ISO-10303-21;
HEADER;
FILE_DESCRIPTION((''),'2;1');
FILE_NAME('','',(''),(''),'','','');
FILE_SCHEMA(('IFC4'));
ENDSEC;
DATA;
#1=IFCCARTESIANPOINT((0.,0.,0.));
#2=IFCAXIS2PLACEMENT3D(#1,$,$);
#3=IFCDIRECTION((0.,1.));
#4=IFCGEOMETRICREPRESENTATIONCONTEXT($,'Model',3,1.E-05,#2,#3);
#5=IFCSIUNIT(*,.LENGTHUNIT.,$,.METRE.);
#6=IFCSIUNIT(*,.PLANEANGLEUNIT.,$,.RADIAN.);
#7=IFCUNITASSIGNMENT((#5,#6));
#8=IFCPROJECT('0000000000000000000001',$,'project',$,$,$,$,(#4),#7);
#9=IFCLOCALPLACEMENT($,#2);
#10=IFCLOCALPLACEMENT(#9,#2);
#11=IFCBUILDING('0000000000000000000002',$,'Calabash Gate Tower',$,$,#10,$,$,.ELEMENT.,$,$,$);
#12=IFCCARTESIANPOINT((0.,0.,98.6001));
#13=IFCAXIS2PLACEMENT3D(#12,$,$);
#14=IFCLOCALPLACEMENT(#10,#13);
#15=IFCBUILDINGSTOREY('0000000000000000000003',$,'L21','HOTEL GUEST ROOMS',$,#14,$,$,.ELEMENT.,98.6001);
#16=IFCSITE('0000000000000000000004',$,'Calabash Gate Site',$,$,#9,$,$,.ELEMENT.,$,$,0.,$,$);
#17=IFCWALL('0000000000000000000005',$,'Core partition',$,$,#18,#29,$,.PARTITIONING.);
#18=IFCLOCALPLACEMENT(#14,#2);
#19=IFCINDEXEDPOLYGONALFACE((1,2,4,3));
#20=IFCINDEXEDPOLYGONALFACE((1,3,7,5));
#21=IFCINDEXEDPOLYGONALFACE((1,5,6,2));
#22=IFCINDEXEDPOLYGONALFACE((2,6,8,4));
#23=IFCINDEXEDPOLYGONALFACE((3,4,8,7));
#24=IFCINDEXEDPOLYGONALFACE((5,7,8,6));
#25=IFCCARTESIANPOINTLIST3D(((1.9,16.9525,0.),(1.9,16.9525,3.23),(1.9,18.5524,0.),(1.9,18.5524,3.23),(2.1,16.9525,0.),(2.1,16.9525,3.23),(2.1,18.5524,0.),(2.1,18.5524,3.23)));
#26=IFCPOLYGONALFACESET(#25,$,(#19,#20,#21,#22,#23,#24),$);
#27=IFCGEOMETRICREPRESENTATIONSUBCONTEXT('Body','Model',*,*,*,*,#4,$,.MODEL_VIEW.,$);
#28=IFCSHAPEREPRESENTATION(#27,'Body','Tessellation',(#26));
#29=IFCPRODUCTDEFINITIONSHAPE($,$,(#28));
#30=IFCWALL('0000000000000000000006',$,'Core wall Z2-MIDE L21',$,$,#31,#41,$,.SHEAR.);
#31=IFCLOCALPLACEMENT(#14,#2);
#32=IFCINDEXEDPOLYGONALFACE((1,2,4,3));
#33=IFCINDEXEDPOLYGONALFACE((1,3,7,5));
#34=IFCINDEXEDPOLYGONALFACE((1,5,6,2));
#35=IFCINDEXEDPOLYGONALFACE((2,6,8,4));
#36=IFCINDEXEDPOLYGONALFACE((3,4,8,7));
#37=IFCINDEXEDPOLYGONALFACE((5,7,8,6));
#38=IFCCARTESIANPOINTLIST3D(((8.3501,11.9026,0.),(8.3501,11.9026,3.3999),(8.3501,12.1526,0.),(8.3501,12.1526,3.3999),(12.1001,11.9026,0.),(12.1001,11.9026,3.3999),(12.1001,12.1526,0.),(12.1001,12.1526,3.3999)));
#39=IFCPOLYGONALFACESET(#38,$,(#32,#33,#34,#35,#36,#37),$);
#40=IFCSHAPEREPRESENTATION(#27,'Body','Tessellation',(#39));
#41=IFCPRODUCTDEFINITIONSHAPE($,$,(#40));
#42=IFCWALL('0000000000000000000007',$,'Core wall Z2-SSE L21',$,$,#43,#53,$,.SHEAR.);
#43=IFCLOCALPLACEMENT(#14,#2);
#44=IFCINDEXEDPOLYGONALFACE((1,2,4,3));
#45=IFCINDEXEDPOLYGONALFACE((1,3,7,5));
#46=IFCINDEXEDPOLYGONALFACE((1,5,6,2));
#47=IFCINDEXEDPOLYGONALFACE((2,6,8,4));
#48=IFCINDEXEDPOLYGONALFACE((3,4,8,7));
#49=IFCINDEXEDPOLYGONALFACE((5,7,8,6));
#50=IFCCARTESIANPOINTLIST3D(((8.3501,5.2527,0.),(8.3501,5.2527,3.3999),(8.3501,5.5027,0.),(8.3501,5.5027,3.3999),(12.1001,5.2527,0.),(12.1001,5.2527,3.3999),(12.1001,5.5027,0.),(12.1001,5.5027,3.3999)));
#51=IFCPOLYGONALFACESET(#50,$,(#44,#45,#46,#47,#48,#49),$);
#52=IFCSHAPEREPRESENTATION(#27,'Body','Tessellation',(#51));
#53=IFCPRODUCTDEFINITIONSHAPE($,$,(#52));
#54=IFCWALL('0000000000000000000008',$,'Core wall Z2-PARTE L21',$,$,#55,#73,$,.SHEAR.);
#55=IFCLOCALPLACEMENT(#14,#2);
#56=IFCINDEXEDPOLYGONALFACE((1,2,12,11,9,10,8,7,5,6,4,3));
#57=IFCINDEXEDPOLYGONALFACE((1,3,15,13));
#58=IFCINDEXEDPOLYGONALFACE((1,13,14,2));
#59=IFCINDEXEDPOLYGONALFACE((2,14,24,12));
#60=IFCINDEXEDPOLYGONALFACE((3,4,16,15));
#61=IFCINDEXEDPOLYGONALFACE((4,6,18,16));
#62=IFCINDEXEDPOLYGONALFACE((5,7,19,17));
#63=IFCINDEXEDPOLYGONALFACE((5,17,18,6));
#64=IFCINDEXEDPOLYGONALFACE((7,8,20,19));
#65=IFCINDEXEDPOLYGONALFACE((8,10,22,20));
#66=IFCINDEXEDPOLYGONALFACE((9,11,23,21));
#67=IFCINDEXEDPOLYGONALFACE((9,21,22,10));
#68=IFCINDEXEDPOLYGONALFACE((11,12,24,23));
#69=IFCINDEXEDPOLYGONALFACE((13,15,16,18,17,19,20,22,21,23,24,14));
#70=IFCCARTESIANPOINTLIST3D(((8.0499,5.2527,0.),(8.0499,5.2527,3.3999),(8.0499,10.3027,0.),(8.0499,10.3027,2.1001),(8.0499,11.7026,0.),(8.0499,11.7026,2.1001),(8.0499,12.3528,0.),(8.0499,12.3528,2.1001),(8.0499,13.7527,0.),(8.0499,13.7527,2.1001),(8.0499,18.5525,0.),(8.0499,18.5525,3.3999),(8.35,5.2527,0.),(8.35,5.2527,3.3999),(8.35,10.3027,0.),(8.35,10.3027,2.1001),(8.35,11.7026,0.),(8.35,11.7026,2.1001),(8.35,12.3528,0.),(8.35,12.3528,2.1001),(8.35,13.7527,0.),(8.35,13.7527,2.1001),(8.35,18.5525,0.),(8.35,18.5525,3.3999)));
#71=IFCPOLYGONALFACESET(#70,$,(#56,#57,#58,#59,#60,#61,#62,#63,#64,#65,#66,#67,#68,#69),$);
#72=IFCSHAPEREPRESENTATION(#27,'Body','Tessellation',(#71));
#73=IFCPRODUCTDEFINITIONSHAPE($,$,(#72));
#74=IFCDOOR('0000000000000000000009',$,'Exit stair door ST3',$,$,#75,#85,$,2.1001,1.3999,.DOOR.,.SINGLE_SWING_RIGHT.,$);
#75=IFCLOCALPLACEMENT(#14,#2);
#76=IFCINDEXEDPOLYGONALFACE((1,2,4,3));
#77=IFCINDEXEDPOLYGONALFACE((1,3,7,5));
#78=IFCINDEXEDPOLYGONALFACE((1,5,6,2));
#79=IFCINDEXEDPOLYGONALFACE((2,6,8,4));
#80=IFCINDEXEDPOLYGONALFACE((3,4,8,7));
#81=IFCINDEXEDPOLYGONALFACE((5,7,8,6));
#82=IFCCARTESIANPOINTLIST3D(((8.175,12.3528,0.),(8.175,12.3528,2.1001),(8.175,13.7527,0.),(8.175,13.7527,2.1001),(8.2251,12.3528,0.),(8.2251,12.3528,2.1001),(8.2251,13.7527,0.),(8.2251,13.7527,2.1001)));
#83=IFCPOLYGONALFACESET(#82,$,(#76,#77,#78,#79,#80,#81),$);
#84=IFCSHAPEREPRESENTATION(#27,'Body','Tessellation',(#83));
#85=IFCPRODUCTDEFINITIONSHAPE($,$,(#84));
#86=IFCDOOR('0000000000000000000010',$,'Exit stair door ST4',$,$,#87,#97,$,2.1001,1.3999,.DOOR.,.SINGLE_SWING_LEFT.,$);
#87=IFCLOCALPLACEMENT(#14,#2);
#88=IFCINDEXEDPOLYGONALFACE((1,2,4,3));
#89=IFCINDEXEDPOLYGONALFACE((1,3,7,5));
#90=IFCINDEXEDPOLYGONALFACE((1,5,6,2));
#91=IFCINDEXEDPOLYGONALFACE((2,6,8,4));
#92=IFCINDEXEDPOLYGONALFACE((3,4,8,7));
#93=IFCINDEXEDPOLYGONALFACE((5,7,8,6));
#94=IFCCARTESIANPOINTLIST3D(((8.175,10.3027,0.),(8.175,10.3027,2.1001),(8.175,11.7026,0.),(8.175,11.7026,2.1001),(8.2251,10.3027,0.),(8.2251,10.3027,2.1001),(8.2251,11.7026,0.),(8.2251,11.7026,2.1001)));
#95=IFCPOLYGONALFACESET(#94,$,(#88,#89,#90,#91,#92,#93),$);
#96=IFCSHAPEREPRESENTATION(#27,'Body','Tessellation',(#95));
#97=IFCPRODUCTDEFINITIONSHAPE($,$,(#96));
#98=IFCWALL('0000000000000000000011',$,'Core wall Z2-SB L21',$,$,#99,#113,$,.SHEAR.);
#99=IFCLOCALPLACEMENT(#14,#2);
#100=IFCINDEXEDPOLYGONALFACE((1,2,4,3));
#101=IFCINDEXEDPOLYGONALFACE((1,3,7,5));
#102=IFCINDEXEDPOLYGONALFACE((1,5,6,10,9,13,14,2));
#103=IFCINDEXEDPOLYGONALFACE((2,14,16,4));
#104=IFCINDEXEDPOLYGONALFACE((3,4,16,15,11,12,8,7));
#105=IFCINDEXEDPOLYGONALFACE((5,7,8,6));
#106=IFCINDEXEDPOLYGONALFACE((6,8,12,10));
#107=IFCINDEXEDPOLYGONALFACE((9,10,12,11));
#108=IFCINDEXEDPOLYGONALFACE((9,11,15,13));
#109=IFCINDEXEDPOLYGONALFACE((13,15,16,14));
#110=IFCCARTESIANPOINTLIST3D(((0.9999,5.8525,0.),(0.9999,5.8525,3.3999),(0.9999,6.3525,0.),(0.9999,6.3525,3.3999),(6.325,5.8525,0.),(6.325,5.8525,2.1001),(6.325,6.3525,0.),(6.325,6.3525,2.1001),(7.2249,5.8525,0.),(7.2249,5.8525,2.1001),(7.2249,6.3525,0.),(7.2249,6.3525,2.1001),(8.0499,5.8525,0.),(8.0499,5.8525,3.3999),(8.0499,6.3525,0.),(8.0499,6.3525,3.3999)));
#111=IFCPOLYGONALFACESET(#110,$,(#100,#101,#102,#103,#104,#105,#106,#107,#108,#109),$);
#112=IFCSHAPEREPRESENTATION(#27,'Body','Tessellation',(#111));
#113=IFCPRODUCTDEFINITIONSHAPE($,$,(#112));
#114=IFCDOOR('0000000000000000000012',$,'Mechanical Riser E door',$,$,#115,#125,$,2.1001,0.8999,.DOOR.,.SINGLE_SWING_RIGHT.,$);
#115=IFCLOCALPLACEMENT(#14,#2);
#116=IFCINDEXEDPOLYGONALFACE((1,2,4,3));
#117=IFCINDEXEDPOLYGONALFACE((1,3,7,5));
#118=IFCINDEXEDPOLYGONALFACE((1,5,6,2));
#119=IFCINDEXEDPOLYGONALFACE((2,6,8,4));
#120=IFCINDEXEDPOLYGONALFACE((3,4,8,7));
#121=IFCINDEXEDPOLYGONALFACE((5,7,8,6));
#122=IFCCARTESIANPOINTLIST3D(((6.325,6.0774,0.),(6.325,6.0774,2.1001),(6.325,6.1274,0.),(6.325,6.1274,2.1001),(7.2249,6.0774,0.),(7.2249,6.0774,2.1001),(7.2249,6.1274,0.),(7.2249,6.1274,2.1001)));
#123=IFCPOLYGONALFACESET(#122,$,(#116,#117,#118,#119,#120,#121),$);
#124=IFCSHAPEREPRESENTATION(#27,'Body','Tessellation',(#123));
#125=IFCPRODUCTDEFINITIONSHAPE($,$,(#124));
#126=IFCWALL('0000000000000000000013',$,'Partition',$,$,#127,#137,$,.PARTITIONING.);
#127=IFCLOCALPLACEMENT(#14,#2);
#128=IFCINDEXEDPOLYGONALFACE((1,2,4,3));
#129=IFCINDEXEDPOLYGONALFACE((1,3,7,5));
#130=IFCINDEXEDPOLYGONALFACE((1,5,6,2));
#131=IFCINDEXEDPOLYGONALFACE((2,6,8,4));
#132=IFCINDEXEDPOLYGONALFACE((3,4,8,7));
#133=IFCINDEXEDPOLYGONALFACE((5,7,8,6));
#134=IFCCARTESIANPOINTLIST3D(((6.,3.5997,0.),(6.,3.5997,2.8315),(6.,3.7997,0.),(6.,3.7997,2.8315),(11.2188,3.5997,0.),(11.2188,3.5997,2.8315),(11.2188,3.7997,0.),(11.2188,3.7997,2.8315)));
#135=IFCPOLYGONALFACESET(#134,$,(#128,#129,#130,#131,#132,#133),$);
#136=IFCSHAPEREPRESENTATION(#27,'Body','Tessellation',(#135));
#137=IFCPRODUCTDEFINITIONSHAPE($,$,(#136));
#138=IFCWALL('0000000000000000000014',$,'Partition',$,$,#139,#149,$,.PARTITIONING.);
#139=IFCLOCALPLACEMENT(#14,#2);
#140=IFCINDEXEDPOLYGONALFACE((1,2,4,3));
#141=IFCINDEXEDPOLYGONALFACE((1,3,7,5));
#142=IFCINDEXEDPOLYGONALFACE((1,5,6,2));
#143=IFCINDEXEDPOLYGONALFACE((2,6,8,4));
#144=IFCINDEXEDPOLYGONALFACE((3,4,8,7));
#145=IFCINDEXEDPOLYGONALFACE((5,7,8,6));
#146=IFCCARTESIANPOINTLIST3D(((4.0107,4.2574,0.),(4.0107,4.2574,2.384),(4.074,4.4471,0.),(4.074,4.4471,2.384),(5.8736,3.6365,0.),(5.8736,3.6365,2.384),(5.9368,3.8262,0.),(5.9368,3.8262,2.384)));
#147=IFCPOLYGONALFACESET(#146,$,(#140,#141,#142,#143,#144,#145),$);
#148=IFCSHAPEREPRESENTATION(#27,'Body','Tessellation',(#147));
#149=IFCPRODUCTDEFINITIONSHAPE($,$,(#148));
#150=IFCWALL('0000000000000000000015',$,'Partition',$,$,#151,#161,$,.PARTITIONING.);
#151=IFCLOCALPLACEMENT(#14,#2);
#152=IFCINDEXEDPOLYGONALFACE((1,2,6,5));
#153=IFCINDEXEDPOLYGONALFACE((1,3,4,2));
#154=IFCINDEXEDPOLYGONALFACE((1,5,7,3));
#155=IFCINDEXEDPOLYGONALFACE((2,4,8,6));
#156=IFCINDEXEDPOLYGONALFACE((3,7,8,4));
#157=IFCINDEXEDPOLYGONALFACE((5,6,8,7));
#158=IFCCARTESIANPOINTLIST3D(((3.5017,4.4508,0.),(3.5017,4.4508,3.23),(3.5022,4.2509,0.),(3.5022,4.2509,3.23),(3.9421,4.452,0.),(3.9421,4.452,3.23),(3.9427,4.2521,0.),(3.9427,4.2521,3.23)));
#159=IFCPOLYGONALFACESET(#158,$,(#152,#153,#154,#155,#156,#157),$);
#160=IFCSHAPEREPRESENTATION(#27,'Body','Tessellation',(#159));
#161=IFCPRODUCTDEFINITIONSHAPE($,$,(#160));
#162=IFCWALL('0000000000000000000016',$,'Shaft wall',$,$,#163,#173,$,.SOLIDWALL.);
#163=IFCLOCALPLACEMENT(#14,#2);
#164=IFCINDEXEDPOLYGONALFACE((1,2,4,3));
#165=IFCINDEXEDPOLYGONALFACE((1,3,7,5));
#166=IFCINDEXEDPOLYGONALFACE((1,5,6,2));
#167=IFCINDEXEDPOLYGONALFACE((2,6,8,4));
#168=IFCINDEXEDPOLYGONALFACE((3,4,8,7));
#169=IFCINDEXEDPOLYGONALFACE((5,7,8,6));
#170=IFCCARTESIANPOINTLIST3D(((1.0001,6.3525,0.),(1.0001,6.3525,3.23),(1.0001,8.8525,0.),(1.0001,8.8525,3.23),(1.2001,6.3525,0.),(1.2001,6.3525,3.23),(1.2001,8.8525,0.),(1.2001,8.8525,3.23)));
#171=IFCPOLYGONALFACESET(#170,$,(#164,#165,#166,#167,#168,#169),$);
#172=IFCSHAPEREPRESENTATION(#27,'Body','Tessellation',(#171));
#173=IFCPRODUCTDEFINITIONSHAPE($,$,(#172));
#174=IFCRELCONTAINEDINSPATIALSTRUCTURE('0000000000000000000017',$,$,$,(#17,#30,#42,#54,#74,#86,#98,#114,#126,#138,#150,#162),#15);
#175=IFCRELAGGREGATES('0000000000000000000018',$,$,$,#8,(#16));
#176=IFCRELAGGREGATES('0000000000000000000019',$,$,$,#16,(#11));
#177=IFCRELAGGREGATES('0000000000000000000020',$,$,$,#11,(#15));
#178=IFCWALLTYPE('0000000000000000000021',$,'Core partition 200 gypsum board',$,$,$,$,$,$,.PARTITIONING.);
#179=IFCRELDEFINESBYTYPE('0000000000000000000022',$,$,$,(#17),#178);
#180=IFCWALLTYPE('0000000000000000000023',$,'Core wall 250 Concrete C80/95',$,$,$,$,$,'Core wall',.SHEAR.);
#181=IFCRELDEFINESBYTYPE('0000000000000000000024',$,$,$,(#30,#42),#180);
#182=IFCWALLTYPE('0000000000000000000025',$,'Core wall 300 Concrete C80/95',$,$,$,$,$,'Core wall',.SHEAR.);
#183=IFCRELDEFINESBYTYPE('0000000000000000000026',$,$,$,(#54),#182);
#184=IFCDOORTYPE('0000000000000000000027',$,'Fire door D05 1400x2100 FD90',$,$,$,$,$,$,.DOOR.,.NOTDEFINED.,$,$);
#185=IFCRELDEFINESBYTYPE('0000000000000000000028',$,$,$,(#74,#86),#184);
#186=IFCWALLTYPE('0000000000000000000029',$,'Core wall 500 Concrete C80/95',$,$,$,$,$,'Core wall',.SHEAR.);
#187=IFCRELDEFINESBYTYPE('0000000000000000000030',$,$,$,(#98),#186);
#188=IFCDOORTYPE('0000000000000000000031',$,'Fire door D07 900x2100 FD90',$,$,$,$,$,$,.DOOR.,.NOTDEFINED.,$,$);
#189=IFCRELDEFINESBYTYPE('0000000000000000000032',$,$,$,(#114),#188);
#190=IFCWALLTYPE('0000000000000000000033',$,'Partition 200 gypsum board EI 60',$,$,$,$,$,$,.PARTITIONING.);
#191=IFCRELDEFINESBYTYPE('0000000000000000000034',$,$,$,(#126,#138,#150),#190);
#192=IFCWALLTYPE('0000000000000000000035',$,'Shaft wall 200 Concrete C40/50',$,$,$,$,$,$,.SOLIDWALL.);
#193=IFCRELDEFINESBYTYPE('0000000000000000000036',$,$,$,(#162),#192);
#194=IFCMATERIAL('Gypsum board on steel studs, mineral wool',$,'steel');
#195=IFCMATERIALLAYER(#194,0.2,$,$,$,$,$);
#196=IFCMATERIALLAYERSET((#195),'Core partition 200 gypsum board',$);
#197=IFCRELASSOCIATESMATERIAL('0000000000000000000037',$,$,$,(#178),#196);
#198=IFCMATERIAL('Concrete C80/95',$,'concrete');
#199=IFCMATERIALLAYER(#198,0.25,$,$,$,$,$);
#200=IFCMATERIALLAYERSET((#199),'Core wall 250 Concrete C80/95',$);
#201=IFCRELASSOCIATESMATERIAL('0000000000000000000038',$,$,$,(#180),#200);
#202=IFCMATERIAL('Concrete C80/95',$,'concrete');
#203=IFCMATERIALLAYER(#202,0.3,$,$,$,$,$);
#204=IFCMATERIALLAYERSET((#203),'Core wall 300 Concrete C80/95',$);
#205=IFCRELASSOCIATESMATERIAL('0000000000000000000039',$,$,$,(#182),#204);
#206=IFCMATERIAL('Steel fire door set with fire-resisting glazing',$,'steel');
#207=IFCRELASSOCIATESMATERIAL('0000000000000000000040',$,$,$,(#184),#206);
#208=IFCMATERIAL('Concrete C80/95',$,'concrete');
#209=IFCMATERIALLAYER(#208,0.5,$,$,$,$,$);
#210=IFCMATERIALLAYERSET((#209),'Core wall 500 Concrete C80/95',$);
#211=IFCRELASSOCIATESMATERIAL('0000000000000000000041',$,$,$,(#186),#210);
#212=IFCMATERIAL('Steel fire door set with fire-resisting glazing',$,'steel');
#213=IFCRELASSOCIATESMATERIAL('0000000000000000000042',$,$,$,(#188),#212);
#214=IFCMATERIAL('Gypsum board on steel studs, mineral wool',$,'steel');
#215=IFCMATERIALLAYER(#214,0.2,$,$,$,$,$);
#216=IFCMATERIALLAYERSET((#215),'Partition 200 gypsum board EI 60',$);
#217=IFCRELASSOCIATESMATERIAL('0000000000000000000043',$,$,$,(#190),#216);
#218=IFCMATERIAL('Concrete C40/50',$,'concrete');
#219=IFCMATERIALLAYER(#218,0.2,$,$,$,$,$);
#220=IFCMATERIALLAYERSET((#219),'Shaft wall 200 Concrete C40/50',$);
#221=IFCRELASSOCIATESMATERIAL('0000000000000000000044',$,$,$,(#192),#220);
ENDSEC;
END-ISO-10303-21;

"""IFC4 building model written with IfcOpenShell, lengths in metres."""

from ifc_helpers import new_model, si_unit, direction, frame, frame_2d, origin, place, context, subcontext, project, spatial, rectangle, extrude, material, layer, layer_set, type_object, element, fill, save


model = new_model("IFC4")

# Units and contexts
model_context = context("Model", 3, precision=1e-05, world=origin(), true_north=direction((0.0, 1.0)))
body_context = subcontext(model_context, "Body", "Model", "MODEL_VIEW")
ifc_project = project(units=[si_unit("LENGTHUNIT", "METRE"), si_unit("PLANEANGLEUNIT", "RADIAN")], contexts=[model_context])

# Site, building, storey
site_placement = place(None, origin())
site = spatial("IfcSite", under=ifc_project, at=site_placement, Name="Calabash Gate Site", CompositionType="ELEMENT", RefElevation=0.0)
building_placement = place(site_placement, origin())
building = spatial("IfcBuilding", under=site, at=building_placement, Name="Calabash Gate Tower", CompositionType="ELEMENT")
storey_placement = place(building_placement, frame((0.0, 0.0, 98.6001)))
storey = spatial("IfcBuildingStorey", under=building, at=storey_placement, Name="L21", Description="HOTEL GUEST ROOMS", CompositionType="ELEMENT", Elevation=98.6001)

# Walls
ifc_material_1 = material(Name="Gypsum board on steel studs, mineral wool", Category="steel")
ifc_layer_1 = layer(ifc_material_1, 0.2)
ifc_layer_set_1 = layer_set([ifc_layer_1], Name="Core partition 200 gypsum board")
wall_type_1 = type_object("IfcWallType", Name="Core partition 200 gypsum board", PredefinedType="PARTITIONING", material=ifc_layer_set_1)
wall_1_placement = place(storey_placement, frame((2.0, 16.9526, 0.0), z_axis=(0.0, 0.0, 1.0), x_axis=(0.0, 1.0, 0.0)))
element("IfcWall", 1, at=wall_1_placement, inside=storey, type_object=wall_type_1, Name="Core partition", PredefinedType="PARTITIONING", context=body_context, shape_type="SweptSolid", body=[
    extrude(rectangle(XDim=1.5999, YDim=0.2, at=frame_2d((0.7998, 0.0))), origin(), (0.0, 0.0, 1.0), 3.23),
])
ifc_material_2 = material(Name="Concrete C80/95", Category="concrete")
ifc_layer_2 = layer(ifc_material_2, 0.25)
ifc_layer_set_2 = layer_set([ifc_layer_2], Name="Core wall 250 Concrete C80/95")
wall_type_2 = type_object("IfcWallType", Name="Core wall 250 Concrete C80/95", ElementType="Core wall", PredefinedType="SHEAR", material=ifc_layer_set_2)
for number, where, z_axis, x_axis, name in (
    (2, (8.3501, 12.0276, 0.0), (0.0, 0.0, 1.0), (1.0, 0.0, 0.0), "Core wall Z2-MIDE L21"),
    (3, (8.3501, 5.3777, 0.0), (0.0, 0.0, 1.0), (1.0, 0.0, 0.0), "Core wall Z2-SSE L21"),
):
    element("IfcWall", number, at=place(storey_placement, frame(where, z_axis=z_axis, x_axis=x_axis)), inside=storey, type_object=wall_type_2, Name=name, PredefinedType="SHEAR", context=body_context, shape_type="SweptSolid", body=[
        extrude(rectangle(XDim=3.75, YDim=0.25, at=frame_2d((1.875, 0.0))), origin(), (0.0, 0.0, 1.0), 3.3999),
    ])

# Wall, openings, doors
ifc_material_3 = material(Name="Concrete C80/95", Category="concrete")
ifc_layer_3 = layer(ifc_material_3, 0.3)
ifc_layer_set_3 = layer_set([ifc_layer_3], Name="Core wall 300 Concrete C80/95")
wall_type_3 = type_object("IfcWallType", Name="Core wall 300 Concrete C80/95", ElementType="Core wall", PredefinedType="SHEAR", material=ifc_layer_set_3)
wall_2_placement = place(storey_placement, frame((8.2, 5.2527, 0.0), z_axis=(0.0, 0.0, 1.0), x_axis=(0.0, 1.0, 0.0)))
wall_2 = element("IfcWall", 4, at=wall_2_placement, inside=storey, type_object=wall_type_3, Name="Core wall Z2-PARTE L21", PredefinedType="SHEAR", context=body_context, shape_type="SweptSolid", body=[
    extrude(rectangle(XDim=13.2998, YDim=0.3, at=frame_2d((6.6499, 0.0))), origin(), (0.0, 0.0, 1.0), 3.3999),
])
opening_1_placement = place(wall_2_placement, frame((7.1001, 0.0, 0.0)))
opening_1 = element("IfcOpeningElement", 5, at=opening_1_placement, cuts=wall_2, PredefinedType="OPENING", context=body_context, shape_type="SweptSolid", body=[
    extrude(rectangle(XDim=1.3999, YDim=2.1001, at=frame_2d((0.7, 1.05))), frame((0.0, 0.1599, 0.0), z_axis=(0.0, -1.0, 0.0), x_axis=(1.0, 0.0, 0.0)), (0.0, 0.0, 1.0), 0.3201),
])
opening_2_placement = place(wall_2_placement, frame((5.05, 0.0, 0.0)))
opening_2 = element("IfcOpeningElement", 6, at=opening_2_placement, cuts=wall_2, PredefinedType="OPENING", context=body_context, shape_type="SweptSolid", body=[
    extrude(rectangle(XDim=1.3999, YDim=2.1001, at=frame_2d((0.7, 1.05))), frame((0.0, 0.1599, 0.0), z_axis=(0.0, -1.0, 0.0), x_axis=(1.0, 0.0, 0.0)), (0.0, 0.0, 1.0), 0.3201),
])
ifc_material_4 = material(Name="Steel fire door set with fire-resisting glazing", Category="steel")
door_type_1 = type_object("IfcDoorType", Name="Fire door D05 1400x2100 FD90", OperationType="NOTDEFINED", PredefinedType="DOOR", material=ifc_material_4)
door_1_placement = place(opening_1_placement, origin())
door_1 = element("IfcDoor", 7, at=door_1_placement, inside=storey, type_object=door_type_1, Name="Exit stair door ST3", OperationType="SINGLE_SWING_RIGHT", OverallHeight=2.1001, OverallWidth=1.3999, PredefinedType="DOOR", context=body_context, shape_type="SweptSolid", body=[
    extrude(rectangle(XDim=1.3999, YDim=2.1001, at=frame_2d((0.7, 1.05))), frame((0.0, 0.0249, 0.0), z_axis=(0.0, -1.0, 0.0), x_axis=(1.0, 0.0, 0.0)), (0.0, 0.0, 1.0), 0.05),
])
fill(opening_1, door_1)
door_2_placement = place(opening_2_placement, origin())
door_2 = element("IfcDoor", 8, at=door_2_placement, inside=storey, type_object=door_type_1, Name="Exit stair door ST4", OperationType="SINGLE_SWING_LEFT", OverallHeight=2.1001, OverallWidth=1.3999, PredefinedType="DOOR", context=body_context, shape_type="SweptSolid", body=[
    extrude(rectangle(XDim=1.3999, YDim=2.1001, at=frame_2d((0.7, 1.05))), frame((0.0, 0.0249, 0.0), z_axis=(0.0, -1.0, 0.0), x_axis=(1.0, 0.0, 0.0)), (0.0, 0.0, 1.0), 0.05),
])
fill(opening_2, door_2)

# Wall, opening, door
ifc_material_5 = material(Name="Concrete C80/95", Category="concrete")
ifc_layer_4 = layer(ifc_material_5, 0.5)
ifc_layer_set_4 = layer_set([ifc_layer_4], Name="Core wall 500 Concrete C80/95")
wall_type_4 = type_object("IfcWallType", Name="Core wall 500 Concrete C80/95", ElementType="Core wall", PredefinedType="SHEAR", material=ifc_layer_set_4)
wall_3_placement = place(storey_placement, frame((1.0, 6.1025, 0.0), z_axis=(0.0, 0.0, 1.0), x_axis=(1.0, 0.0, 0.0)))
wall_3 = element("IfcWall", 9, at=wall_3_placement, inside=storey, type_object=wall_type_4, Name="Core wall Z2-SB L21", PredefinedType="SHEAR", context=body_context, shape_type="SweptSolid", body=[
    extrude(rectangle(XDim=7.05, YDim=0.5, at=frame_2d((3.5249, 0.0))), origin(), (0.0, 0.0, 1.0), 3.3999),
])
opening_3_placement = place(wall_3_placement, frame((5.325, 0.0, 0.0)))
opening_3 = element("IfcOpeningElement", 10, at=opening_3_placement, cuts=wall_3, PredefinedType="OPENING", context=body_context, shape_type="SweptSolid", body=[
    extrude(rectangle(XDim=0.8999, YDim=2.1001, at=frame_2d((0.45, 1.05))), frame((0.0, 0.26, 0.0), z_axis=(0.0, -1.0, 0.0), x_axis=(1.0, 0.0, 0.0)), (0.0, 0.0, 1.0), 0.52),
])
ifc_material_6 = material(Name="Steel fire door set with fire-resisting glazing", Category="steel")
door_type_2 = type_object("IfcDoorType", Name="Fire door D07 900x2100 FD90", OperationType="NOTDEFINED", PredefinedType="DOOR", material=ifc_material_6)
door_3_placement = place(opening_3_placement, origin())
door_3 = element("IfcDoor", 11, at=door_3_placement, inside=storey, type_object=door_type_2, Name="Mechanical Riser E door", OperationType="SINGLE_SWING_RIGHT", OverallHeight=2.1001, OverallWidth=0.8999, PredefinedType="DOOR", context=body_context, shape_type="SweptSolid", body=[
    extrude(rectangle(XDim=0.8999, YDim=2.1001, at=frame_2d((0.45, 1.05))), frame((0.0, 0.0249, 0.0), z_axis=(0.0, -1.0, 0.0), x_axis=(1.0, 0.0, 0.0)), (0.0, 0.0, 1.0), 0.05),
])
fill(opening_3, door_3)

# Walls
ifc_material_7 = material(Name="Gypsum board on steel studs, mineral wool", Category="steel")
ifc_layer_5 = layer(ifc_material_7, 0.2)
ifc_layer_set_5 = layer_set([ifc_layer_5], Name="Partition 200 gypsum board EI 60")
wall_type_5 = type_object("IfcWallType", Name="Partition 200 gypsum board EI 60", PredefinedType="PARTITIONING", material=ifc_layer_set_5)
wall_4_placement = place(storey_placement, frame((6.0, 3.6997, 0.0), z_axis=(0.0, 0.0, 1.0), x_axis=(1.0, 0.0, 0.0)))
element("IfcWall", 12, at=wall_4_placement, inside=storey, type_object=wall_type_5, Name="Partition", PredefinedType="PARTITIONING", context=body_context, shape_type="SweptSolid", body=[
    extrude(rectangle(XDim=5.2188, YDim=0.2, at=frame_2d((2.6094, 0.0))), origin(), (0.0, 0.0, 1.0), 2.8315),
])
wall_5_placement = place(storey_placement, frame((4.0422, 4.3523, 0.0), z_axis=(0.0, 0.0, 1.0), x_axis=(0.948696, -0.31619, 0.0)))
element("IfcWall", 13, at=wall_5_placement, inside=storey, type_object=wall_type_5, Name="Partition", PredefinedType="PARTITIONING", context=body_context, shape_type="SweptSolid", body=[
    extrude(rectangle(XDim=1.9636, YDim=0.2, at=frame_2d((0.9819, 0.0))), origin(), (0.0, 0.0, 1.0), 2.384),
])
wall_6_placement = place(storey_placement, frame((3.502, 4.3508, 0.0), z_axis=(0.0, 0.0, 1.0), x_axis=(0.999996, 0.002772, 0.0)))
element("IfcWall", 14, at=wall_6_placement, inside=storey, type_object=wall_type_5, Name="Partition", PredefinedType="PARTITIONING", context=body_context, shape_type="SweptSolid", body=[
    extrude(rectangle(XDim=0.4404, YDim=0.2, at=frame_2d((0.2202, 0.0))), origin(), (0.0, 0.0, 1.0), 3.23),
])
ifc_material_8 = material(Name="Concrete C40/50", Category="concrete")
ifc_layer_6 = layer(ifc_material_8, 0.2)
ifc_layer_set_6 = layer_set([ifc_layer_6], Name="Shaft wall 200 Concrete C40/50")
wall_type_6 = type_object("IfcWallType", Name="Shaft wall 200 Concrete C40/50", PredefinedType="SOLIDWALL", material=ifc_layer_set_6)
for number, where, z_axis, x_axis, name in (
    (15, (1.1001, 6.3525, 0.0), (0.0, 0.0, 1.0), (0.0, 1.0, 0.0), "Shaft wall"),
):
    element("IfcWall", number, at=place(storey_placement, frame(where, z_axis=z_axis, x_axis=x_axis)), inside=storey, type_object=wall_type_6, Name=name, PredefinedType="SOLIDWALL", context=body_context, shape_type="SweptSolid", body=[
        extrude(rectangle(XDim=2.5, YDim=0.2, at=frame_2d((1.25, 0.0))), origin(), (0.0, 0.0, 1.0), 3.23),
    ])

save(model, "model.ifc")
